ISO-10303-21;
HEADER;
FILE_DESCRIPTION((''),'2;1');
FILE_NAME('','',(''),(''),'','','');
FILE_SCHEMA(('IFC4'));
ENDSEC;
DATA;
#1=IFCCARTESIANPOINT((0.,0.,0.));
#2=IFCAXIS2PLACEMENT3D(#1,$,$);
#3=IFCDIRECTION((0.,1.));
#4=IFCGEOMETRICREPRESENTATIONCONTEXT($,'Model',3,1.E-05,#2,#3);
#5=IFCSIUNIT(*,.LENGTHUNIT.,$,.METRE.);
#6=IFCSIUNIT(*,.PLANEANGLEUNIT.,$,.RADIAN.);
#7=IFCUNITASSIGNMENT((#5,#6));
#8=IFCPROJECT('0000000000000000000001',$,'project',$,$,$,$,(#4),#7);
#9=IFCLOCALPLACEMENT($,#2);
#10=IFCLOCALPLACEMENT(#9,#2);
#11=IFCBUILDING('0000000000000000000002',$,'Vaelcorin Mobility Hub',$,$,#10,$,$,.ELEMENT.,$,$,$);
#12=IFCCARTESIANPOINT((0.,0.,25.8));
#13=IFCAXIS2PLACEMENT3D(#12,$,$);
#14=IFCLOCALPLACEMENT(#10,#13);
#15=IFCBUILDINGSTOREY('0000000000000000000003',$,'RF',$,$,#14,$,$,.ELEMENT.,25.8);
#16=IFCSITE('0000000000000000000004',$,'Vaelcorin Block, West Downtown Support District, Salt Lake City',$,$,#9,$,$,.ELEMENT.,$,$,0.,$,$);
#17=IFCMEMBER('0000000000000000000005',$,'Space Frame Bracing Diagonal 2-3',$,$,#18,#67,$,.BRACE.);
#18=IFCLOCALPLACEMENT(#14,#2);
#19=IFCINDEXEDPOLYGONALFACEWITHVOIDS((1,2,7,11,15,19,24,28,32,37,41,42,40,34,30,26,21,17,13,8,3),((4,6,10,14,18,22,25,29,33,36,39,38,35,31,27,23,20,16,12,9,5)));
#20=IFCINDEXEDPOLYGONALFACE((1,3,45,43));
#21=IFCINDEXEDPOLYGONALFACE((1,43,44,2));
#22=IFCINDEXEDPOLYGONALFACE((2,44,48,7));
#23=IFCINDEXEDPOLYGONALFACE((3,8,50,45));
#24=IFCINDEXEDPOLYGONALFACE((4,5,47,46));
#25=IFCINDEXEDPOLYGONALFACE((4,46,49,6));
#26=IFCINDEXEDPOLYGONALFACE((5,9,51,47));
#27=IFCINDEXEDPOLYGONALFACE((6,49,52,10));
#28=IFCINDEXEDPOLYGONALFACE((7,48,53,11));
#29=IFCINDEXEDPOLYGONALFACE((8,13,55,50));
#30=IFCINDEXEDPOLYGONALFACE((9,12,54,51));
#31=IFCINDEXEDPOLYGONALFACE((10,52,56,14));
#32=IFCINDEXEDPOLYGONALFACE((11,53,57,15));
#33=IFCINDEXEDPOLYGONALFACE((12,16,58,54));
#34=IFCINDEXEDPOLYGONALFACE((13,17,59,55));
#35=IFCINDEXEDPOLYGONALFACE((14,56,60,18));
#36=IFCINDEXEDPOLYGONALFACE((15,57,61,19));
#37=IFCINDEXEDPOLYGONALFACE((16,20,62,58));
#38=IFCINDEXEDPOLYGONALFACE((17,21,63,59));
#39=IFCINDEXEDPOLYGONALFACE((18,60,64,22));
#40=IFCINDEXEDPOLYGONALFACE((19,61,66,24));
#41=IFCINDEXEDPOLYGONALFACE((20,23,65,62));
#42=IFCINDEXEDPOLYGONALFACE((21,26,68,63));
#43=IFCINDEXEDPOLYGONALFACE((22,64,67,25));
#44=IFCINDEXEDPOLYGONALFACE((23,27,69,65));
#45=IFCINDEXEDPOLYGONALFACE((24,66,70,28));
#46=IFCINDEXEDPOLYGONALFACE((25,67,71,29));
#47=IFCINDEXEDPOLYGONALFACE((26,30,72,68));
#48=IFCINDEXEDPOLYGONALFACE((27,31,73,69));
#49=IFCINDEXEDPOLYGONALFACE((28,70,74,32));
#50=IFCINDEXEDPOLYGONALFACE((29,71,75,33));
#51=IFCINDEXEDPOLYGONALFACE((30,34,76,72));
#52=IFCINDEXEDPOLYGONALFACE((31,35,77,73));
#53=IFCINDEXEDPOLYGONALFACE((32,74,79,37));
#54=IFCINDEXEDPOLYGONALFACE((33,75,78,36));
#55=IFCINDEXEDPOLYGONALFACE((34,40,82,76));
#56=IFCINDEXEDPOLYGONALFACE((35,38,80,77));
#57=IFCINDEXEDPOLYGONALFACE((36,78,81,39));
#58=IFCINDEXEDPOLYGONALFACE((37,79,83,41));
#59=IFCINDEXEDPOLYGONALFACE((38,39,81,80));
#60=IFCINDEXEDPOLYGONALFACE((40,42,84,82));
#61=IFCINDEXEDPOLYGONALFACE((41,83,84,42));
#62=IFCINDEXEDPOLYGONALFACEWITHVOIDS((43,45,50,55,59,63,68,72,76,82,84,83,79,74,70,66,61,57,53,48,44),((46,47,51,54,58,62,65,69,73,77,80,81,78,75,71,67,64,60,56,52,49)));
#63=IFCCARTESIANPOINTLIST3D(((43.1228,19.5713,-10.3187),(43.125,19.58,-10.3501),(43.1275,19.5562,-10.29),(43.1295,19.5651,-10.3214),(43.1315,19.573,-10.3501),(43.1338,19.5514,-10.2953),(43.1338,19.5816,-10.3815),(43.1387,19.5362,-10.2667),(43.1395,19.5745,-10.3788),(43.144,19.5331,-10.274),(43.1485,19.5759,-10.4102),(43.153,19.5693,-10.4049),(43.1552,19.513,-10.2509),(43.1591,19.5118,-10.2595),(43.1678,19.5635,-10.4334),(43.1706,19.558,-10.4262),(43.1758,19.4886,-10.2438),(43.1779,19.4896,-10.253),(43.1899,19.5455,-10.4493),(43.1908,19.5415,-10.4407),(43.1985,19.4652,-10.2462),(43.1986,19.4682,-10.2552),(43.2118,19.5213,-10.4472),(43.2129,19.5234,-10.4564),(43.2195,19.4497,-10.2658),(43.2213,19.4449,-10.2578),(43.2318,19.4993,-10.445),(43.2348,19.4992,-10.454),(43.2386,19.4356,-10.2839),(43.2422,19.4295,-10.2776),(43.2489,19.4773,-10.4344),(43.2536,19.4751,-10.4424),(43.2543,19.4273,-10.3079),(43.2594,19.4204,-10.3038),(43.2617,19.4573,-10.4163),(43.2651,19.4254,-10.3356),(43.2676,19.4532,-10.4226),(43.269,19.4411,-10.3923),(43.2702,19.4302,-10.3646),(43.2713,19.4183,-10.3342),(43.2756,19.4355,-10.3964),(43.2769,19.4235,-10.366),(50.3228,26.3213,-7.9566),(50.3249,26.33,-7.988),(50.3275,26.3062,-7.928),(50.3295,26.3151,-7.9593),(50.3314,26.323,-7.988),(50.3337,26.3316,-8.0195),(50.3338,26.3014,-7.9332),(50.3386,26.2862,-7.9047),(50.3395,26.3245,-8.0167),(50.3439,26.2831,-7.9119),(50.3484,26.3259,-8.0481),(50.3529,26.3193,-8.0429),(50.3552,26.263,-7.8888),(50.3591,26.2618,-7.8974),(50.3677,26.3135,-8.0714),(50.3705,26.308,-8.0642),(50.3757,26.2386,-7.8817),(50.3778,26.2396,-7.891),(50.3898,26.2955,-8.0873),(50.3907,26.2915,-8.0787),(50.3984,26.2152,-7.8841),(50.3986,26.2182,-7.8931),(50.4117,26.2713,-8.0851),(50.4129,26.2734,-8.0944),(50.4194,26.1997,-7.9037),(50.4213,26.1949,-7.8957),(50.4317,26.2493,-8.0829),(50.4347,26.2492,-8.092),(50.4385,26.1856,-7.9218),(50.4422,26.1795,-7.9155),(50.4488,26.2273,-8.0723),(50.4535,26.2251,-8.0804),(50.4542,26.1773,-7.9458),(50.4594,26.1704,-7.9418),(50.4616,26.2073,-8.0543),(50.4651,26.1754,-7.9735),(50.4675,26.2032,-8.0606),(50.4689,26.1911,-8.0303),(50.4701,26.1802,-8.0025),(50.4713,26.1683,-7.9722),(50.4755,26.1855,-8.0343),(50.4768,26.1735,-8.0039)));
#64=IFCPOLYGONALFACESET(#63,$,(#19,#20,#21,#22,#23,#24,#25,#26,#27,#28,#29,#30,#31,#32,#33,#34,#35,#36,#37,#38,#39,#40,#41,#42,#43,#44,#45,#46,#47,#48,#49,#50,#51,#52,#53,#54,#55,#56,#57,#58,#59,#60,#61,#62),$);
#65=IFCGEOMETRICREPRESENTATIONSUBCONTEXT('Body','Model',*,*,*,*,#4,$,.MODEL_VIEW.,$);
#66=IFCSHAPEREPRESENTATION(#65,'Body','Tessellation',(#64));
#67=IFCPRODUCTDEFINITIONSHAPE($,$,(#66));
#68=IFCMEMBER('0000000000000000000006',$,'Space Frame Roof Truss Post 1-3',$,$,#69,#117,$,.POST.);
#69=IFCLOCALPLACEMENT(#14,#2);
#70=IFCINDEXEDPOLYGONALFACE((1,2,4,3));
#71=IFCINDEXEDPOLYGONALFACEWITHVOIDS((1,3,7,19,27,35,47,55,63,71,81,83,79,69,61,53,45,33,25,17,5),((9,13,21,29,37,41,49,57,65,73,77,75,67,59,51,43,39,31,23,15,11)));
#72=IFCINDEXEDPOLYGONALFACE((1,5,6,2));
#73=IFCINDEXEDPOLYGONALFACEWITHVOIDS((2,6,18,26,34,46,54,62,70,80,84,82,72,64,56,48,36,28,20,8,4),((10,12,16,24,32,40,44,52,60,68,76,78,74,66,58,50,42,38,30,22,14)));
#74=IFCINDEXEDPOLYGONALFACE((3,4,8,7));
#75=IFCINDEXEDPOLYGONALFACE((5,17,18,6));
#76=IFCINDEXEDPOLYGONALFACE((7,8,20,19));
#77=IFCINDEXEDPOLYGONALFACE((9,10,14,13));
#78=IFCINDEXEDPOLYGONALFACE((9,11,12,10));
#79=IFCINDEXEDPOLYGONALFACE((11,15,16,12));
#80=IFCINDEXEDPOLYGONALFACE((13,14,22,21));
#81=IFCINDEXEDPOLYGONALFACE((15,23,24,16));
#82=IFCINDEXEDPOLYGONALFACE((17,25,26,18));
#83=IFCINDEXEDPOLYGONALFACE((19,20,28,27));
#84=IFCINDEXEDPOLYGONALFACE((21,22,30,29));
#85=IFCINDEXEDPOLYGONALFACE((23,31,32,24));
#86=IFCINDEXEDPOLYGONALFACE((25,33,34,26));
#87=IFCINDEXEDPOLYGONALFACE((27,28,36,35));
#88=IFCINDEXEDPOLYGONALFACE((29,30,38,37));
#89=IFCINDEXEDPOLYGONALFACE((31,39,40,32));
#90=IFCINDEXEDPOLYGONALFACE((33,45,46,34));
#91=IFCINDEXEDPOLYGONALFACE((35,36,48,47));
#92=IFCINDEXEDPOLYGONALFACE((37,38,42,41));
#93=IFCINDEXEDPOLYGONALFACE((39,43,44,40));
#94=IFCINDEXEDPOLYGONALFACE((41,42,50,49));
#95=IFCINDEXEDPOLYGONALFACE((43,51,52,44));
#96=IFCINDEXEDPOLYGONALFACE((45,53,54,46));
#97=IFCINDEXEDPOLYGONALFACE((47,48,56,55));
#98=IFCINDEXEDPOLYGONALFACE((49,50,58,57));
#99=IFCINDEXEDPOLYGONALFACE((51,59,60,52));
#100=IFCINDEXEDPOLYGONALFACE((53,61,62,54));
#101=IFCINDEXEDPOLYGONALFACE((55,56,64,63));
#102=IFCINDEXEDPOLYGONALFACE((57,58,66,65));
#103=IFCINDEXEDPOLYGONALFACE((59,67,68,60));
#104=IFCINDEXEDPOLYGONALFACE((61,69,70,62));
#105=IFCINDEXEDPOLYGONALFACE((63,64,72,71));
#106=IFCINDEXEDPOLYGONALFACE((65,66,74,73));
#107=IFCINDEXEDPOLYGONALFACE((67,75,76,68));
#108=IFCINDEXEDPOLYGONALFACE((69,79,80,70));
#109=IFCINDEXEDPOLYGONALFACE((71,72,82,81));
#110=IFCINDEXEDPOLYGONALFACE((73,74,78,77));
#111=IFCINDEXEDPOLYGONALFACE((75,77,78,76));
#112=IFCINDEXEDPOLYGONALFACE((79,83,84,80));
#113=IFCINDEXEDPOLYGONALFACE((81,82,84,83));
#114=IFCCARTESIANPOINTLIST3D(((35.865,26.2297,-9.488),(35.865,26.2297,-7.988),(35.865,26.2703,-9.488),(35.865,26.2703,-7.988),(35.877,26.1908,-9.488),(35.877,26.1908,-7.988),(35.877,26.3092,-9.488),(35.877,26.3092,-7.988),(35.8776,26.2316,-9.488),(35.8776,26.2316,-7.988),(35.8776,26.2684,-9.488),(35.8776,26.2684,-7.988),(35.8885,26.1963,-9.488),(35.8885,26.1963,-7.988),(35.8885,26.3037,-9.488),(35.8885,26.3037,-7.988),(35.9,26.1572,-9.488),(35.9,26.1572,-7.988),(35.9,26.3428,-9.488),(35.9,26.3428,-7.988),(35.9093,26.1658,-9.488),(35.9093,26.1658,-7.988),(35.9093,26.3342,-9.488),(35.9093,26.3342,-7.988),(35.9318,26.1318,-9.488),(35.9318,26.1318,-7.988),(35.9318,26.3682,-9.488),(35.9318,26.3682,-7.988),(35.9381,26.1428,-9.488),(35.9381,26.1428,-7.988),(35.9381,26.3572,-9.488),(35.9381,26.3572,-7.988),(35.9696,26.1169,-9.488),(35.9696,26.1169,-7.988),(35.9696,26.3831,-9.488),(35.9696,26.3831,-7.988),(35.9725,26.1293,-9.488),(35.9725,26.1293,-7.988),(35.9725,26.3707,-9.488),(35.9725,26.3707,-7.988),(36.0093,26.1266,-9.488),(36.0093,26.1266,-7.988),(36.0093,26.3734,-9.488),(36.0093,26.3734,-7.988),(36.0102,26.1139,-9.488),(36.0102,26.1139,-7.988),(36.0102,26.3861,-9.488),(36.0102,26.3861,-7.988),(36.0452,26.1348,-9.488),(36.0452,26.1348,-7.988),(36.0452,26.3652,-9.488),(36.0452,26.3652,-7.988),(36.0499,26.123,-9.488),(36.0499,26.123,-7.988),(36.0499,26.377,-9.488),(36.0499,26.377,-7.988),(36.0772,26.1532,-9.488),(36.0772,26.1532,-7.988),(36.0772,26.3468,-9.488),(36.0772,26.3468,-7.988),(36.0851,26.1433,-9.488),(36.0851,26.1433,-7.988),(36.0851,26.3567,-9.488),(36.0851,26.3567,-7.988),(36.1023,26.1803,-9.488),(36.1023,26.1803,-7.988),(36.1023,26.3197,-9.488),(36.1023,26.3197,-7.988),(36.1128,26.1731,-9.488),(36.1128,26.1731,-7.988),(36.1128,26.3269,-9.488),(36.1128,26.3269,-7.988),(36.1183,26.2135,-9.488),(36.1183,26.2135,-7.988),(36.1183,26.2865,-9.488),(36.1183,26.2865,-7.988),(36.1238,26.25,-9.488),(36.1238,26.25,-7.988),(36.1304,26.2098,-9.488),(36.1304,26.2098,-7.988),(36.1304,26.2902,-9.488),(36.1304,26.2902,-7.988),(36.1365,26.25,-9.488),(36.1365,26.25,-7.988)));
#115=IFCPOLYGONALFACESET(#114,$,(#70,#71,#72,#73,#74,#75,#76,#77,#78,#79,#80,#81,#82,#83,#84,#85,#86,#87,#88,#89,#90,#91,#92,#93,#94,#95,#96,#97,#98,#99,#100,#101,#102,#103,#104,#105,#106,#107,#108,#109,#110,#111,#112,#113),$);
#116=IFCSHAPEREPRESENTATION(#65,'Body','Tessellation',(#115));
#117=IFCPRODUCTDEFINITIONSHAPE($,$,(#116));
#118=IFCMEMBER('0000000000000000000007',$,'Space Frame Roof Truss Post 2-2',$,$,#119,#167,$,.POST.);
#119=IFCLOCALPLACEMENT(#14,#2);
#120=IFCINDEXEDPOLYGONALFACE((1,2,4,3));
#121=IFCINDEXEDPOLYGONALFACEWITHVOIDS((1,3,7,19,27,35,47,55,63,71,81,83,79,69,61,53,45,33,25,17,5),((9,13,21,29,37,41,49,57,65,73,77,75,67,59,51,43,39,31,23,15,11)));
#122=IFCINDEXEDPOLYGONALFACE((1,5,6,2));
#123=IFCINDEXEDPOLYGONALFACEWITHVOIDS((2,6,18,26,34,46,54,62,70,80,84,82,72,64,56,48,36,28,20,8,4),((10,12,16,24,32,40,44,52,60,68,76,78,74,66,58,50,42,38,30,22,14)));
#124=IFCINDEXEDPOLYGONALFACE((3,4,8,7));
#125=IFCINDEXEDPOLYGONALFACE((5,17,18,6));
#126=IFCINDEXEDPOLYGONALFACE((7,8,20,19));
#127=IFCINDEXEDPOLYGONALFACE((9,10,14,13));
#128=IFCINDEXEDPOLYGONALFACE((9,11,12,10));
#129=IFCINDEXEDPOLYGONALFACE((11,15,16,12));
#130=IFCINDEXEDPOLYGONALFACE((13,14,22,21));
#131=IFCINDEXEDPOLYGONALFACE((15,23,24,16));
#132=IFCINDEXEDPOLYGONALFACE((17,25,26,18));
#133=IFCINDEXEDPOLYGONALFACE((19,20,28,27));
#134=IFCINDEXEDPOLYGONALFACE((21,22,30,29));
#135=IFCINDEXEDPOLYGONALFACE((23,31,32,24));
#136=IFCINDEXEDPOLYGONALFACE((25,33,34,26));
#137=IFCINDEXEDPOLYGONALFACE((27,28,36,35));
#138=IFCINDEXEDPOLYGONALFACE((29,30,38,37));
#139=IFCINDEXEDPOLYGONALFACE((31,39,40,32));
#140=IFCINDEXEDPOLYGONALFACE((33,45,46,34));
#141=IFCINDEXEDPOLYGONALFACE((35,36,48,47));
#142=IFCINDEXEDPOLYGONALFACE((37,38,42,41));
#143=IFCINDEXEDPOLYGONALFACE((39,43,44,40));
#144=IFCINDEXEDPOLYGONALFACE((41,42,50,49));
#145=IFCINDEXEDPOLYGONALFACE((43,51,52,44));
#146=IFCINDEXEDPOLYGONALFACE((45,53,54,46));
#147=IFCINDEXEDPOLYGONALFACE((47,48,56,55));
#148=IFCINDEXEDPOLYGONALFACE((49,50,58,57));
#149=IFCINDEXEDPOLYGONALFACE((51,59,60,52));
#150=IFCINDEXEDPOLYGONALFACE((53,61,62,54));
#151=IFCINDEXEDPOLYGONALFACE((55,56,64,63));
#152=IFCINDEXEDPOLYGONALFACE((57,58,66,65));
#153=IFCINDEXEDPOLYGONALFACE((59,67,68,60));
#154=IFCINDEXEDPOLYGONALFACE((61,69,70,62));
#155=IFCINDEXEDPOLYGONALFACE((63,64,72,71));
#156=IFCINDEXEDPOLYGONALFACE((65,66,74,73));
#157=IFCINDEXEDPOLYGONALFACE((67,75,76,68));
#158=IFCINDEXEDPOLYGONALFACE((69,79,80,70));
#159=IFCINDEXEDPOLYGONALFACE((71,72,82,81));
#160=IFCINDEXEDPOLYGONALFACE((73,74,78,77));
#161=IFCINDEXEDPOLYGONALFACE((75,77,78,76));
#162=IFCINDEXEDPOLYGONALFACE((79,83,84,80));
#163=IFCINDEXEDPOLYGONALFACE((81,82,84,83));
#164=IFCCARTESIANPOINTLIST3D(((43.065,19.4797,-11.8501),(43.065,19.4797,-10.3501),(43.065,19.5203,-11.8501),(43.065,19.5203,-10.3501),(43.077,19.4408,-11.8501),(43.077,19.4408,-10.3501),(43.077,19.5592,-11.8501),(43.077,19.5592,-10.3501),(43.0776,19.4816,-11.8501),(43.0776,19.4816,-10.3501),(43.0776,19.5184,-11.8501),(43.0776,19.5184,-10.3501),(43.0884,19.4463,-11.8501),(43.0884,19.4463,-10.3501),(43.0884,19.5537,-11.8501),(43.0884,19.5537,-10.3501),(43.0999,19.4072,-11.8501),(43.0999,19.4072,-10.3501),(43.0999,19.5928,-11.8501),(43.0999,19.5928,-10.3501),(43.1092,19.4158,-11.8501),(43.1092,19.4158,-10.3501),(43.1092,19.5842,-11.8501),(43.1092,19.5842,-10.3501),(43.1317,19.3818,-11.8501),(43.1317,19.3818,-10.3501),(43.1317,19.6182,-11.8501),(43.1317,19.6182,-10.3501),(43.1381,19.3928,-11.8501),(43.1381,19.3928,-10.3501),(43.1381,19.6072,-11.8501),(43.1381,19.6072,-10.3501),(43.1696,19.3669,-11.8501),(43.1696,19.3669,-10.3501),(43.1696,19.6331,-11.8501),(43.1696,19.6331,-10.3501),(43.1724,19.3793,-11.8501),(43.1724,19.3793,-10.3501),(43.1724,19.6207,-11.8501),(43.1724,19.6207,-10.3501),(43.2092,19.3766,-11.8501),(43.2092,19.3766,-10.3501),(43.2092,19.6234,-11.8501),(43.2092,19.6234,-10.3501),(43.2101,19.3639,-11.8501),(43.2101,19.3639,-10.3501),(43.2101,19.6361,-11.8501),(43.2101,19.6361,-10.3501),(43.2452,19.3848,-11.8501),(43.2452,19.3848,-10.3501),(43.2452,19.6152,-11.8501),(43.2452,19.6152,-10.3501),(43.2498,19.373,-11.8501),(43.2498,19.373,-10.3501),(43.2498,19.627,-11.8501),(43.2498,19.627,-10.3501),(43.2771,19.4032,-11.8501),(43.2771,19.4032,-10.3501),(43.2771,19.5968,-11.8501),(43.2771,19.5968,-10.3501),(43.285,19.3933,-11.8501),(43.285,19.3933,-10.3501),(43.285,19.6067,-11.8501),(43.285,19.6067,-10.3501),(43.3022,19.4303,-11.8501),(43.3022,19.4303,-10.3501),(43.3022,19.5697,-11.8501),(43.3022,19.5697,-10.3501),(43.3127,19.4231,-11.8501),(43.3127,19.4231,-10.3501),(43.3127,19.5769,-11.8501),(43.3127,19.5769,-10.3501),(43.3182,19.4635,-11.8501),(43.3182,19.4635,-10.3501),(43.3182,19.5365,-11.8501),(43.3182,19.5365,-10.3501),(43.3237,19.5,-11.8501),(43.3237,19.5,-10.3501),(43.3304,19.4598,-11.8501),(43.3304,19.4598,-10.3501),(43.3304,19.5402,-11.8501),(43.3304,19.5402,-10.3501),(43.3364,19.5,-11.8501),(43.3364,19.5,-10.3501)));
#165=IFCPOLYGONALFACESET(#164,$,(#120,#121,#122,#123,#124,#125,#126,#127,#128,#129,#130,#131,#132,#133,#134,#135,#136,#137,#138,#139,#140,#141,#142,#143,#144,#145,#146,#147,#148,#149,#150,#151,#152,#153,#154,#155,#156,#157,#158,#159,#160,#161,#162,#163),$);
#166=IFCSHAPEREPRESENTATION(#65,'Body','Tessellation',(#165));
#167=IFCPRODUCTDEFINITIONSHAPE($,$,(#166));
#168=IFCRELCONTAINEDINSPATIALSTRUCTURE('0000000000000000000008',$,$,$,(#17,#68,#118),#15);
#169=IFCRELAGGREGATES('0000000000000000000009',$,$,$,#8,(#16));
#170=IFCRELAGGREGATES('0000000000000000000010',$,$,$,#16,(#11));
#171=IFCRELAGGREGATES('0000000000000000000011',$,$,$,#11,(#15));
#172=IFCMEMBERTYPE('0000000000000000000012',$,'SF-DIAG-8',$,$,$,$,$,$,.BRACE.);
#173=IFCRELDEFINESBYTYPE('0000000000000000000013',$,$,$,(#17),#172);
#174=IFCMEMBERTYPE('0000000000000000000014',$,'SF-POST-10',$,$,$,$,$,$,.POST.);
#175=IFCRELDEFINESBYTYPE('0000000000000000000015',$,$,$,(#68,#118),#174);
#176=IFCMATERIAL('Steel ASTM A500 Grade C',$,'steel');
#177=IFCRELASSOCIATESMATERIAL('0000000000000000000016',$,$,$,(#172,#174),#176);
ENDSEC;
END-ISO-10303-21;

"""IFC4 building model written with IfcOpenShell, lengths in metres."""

from ifc_helpers import new_model, si_unit, direction, frame, origin, origin_2d, place, context, subcontext, project, spatial, hollow_circle, extrude, material, material_profile, profile_set, type_object, element, save


model = new_model("IFC4")

# Units and contexts
model_context = context("Model", 3, precision=1e-05, world=origin(), true_north=direction((0.0, 1.0)))
body_context = subcontext(model_context, "Body", "Model", "MODEL_VIEW")
ifc_project = project(units=[si_unit("LENGTHUNIT", "METRE"), si_unit("PLANEANGLEUNIT", "RADIAN")], contexts=[model_context])

# Site, building, storey
site_placement = place(None, origin())
site = spatial("IfcSite", under=ifc_project, at=site_placement, Name="Vaelcorin Block, West Downtown Support District, Salt Lake City", CompositionType="ELEMENT", RefElevation=0.0)
building_placement = place(site_placement, origin())
building = spatial("IfcBuilding", under=site, at=building_placement, Name="Vaelcorin Mobility Hub", CompositionType="ELEMENT")
storey_placement = place(building_placement, frame((0.0, 0.0, 25.8)))
storey = spatial("IfcBuildingStorey", under=building, at=storey_placement, Name="RF", CompositionType="ELEMENT", Elevation=25.8)

# Members
ifc_material_1 = material(Name="Steel ASTM A500 Grade C", Category="steel")
ifc_material_profile_1 = material_profile(ifc_material_1, hollow_circle(Radius=0.1096, WallThickness=0.0095, at=origin_2d()), Name="HSS8.625X0.375")
ifc_profile_set_1 = profile_set([ifc_material_profile_1], Name="Steel ASTM A500 Grade C")
member_type_1 = type_object("IfcMemberType", Name="SF-DIAG-8", PredefinedType="BRACE", material=ifc_profile_set_1)
member_1_placement = place(storey_placement, frame((43.2, 19.5, -10.3501), z_axis=(0.709497, 0.665158, 0.232762), x_axis=(-0.683944, 0.729535, 0.0)))
element("IfcMember", 1, at=member_1_placement, inside=storey, type_object=member_type_1, Name="Space Frame Bracing Diagonal 2-3", PredefinedType="BRACE", context=body_context, shape_type="SweptSolid", body=[
    extrude(hollow_circle(Radius=0.1096, WallThickness=0.0095, at=origin_2d()), origin(), (0.0, 0.0, 1.0), 10.1479),
])
ifc_material_profile_2 = material_profile(ifc_material_1, hollow_circle(Radius=0.1365, WallThickness=0.0127, at=origin_2d()), Name="HSS10.750X0.500")
ifc_profile_set_2 = profile_set([ifc_material_profile_2], Name="Steel ASTM A500 Grade C")
member_type_2 = type_object("IfcMemberType", Name="SF-POST-10", PredefinedType="POST", material=ifc_profile_set_2)
for number, where, z_axis, x_axis, name in (
    (2, (36.0, 26.25, -9.488), (0.0, 0.0, 1.0), (1.0, 0.0, 0.0), "Space Frame Roof Truss Post 1-3"),
    (3, (43.2, 19.5, -11.8501), (0.0, 0.0, 1.0), (1.0, 0.0, 0.0), "Space Frame Roof Truss Post 2-2"),
):
    element("IfcMember", number, at=place(storey_placement, frame(where, z_axis=z_axis, x_axis=x_axis)), inside=storey, type_object=member_type_2, Name=name, PredefinedType="POST", context=body_context, shape_type="SweptSolid", body=[
        extrude(hollow_circle(Radius=0.1365, WallThickness=0.0127, at=origin_2d()), origin(), (0.0, 0.0, 1.0), 1.5),
    ])

save(model, "model.ifc")
